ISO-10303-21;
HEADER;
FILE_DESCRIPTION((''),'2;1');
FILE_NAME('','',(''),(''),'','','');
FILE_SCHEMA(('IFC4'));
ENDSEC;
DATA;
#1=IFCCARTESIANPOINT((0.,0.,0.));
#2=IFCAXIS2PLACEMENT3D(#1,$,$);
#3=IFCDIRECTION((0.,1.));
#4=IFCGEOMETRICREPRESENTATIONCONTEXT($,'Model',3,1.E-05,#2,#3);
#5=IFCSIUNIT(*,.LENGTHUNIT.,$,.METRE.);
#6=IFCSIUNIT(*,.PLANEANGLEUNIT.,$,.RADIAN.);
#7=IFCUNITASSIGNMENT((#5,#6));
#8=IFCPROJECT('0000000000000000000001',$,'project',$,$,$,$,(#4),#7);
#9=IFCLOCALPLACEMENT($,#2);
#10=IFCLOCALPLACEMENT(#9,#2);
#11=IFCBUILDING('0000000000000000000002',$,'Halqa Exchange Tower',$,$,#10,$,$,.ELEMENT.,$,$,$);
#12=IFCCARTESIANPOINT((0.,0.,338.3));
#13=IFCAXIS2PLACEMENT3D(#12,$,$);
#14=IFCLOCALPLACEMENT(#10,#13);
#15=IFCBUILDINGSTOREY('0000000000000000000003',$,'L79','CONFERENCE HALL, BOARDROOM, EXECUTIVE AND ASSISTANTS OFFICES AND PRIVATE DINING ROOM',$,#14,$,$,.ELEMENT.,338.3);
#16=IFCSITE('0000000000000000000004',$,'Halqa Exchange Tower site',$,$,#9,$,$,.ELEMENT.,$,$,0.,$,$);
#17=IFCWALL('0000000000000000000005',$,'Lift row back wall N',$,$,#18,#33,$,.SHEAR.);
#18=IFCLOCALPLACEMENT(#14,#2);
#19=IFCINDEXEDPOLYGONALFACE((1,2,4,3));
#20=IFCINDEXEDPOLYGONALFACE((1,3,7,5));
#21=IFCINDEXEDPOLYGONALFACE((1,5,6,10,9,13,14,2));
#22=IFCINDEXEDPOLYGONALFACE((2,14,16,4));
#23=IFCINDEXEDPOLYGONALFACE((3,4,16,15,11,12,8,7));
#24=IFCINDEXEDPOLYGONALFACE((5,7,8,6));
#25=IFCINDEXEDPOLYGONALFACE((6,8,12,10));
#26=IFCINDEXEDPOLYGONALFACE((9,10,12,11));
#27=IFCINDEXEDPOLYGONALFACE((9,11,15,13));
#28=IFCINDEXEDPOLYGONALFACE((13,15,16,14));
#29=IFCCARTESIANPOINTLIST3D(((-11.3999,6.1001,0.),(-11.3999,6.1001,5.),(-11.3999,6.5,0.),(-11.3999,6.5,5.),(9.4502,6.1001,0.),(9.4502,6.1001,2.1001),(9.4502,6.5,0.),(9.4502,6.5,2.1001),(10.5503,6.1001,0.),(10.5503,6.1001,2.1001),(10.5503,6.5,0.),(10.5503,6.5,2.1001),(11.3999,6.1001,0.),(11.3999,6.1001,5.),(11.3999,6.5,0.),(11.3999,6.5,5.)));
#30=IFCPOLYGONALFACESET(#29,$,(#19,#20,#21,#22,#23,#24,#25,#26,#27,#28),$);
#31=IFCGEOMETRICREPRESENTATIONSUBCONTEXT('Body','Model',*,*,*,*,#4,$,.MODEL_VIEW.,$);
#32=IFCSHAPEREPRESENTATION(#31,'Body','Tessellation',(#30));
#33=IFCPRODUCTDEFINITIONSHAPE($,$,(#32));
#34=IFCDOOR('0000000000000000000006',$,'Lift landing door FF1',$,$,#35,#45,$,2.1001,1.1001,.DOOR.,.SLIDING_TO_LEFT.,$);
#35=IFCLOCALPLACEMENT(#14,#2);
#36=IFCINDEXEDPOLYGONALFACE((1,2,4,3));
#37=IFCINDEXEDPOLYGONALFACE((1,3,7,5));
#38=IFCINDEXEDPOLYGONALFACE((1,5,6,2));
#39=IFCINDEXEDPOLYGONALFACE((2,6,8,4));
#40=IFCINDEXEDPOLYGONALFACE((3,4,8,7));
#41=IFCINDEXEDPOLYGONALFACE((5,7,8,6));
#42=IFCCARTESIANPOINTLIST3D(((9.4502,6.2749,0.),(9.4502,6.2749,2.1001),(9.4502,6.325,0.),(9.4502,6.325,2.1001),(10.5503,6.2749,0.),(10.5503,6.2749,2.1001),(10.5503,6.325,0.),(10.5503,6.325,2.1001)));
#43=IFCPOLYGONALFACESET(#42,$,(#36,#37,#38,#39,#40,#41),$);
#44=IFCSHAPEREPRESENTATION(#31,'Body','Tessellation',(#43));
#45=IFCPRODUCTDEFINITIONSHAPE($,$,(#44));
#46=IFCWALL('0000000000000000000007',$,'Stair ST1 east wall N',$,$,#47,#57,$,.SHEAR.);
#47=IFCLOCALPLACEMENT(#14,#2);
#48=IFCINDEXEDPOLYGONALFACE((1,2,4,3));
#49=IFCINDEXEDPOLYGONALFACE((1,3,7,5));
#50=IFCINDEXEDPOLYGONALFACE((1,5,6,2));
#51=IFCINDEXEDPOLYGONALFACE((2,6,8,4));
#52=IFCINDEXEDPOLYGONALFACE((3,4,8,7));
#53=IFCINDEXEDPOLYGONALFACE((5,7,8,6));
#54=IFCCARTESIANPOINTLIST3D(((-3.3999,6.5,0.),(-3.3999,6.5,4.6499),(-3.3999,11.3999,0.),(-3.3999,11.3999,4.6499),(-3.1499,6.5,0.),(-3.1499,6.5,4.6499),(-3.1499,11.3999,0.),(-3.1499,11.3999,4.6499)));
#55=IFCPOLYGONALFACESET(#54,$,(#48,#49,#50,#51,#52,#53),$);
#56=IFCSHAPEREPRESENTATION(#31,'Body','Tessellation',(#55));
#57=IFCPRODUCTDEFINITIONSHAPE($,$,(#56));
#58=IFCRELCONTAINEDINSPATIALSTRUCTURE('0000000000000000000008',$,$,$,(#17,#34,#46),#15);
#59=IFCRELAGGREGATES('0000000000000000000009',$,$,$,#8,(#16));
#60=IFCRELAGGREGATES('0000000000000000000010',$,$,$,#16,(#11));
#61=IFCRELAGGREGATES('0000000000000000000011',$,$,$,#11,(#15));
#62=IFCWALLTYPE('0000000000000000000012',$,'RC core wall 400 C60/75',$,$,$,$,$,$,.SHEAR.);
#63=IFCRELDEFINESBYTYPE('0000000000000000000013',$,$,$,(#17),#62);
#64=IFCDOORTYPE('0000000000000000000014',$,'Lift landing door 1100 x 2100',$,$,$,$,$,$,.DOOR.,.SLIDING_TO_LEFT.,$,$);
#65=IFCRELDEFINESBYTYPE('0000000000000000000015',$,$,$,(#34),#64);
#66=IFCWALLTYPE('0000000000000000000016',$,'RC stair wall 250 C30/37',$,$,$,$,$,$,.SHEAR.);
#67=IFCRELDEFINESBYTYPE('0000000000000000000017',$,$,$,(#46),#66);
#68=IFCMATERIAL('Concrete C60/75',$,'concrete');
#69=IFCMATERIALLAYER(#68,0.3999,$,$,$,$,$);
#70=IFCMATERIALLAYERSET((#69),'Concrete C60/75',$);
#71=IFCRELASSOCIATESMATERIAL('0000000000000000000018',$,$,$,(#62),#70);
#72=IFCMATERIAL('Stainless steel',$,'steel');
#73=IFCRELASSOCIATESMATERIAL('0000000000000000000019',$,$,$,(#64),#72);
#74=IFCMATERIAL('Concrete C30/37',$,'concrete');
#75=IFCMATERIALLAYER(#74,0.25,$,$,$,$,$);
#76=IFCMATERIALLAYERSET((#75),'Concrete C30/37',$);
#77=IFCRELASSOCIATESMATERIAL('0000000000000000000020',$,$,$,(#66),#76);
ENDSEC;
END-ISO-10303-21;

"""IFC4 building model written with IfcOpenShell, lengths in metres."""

from ifc_helpers import new_model, si_unit, direction, frame, frame_2d, origin, place, context, subcontext, project, spatial, rectangle, extrude, material, layer, layer_set, type_object, element, fill, save


model = new_model("IFC4")

# Units and contexts
model_context = context("Model", 3, precision=1e-05, world=origin(), true_north=direction((0.0, 1.0)))
body_context = subcontext(model_context, "Body", "Model", "MODEL_VIEW")
ifc_project = project(units=[si_unit("LENGTHUNIT", "METRE"), si_unit("PLANEANGLEUNIT", "RADIAN")], contexts=[model_context])

# Site, building, storey
site_placement = place(None, origin())
site = spatial("IfcSite", under=ifc_project, at=site_placement, Name="Halqa Exchange Tower site", CompositionType="ELEMENT", RefElevation=0.0)
building_placement = place(site_placement, origin())
building = spatial("IfcBuilding", under=site, at=building_placement, Name="Halqa Exchange Tower", CompositionType="ELEMENT")
storey_placement = place(building_placement, frame((0.0, 0.0, 338.3)))
storey = spatial("IfcBuildingStorey", under=building, at=storey_placement, Name="L79", Description="CONFERENCE HALL, BOARDROOM, EXECUTIVE AND ASSISTANTS OFFICES AND PRIVATE DINING ROOM", CompositionType="ELEMENT", Elevation=338.3)

# Shared definitions
ifc_material_1 = material(Name="Concrete C60/75", Category="concrete")

# Shared definitions
ifc_layer_1 = layer(ifc_material_1, 0.3999)
ifc_layer_set_1 = layer_set([ifc_layer_1], Name="Concrete C60/75")
wall_type_1 = type_object("IfcWallType", Name="RC core wall 400 C60/75", PredefinedType="SHEAR", material=ifc_layer_set_1)
ifc_material_2 = material(Name="Stainless steel", Category="steel")
door_type_1 = type_object("IfcDoorType", Name="Lift landing door 1100 x 2100", OperationType="SLIDING_TO_LEFT", PredefinedType="DOOR", material=ifc_material_2)

# Wall, opening, door
wall_1_placement = place(storey_placement, frame((-11.3999, 6.3, 0.0), z_axis=(0.0, 0.0, 1.0), x_axis=(1.0, 0.0, 0.0)))
wall_1 = element("IfcWall", 1, at=wall_1_placement, inside=storey, type_object=wall_type_1, Name="Lift row back wall N", PredefinedType="SHEAR", context=body_context, shape_type="SweptSolid", body=[
    extrude(rectangle(XDim=22.7998, YDim=0.3999, at=frame_2d((11.3999, 0.0))), origin(), (0.0, 0.0, 1.0), 5.0),
])
opening_1_placement = place(wall_1_placement, frame((20.8501, 0.0, 0.0)))
opening_1 = element("IfcOpeningElement", 2, at=opening_1_placement, cuts=wall_1, PredefinedType="OPENING", context=body_context, shape_type="SweptSolid", body=[
    extrude(rectangle(XDim=1.1001, YDim=2.1001, at=frame_2d((0.55, 1.05))), frame((0.0, 0.2119, 0.0), z_axis=(0.0, -1.0, 0.0), x_axis=(1.0, 0.0, 0.0)), (0.0, 0.0, 1.0), 0.4238),
])
door_1_placement = place(opening_1_placement, origin())
door_1 = element("IfcDoor", 3, at=door_1_placement, inside=storey, type_object=door_type_1, Name="Lift landing door FF1", OperationType="SLIDING_TO_LEFT", OverallHeight=2.1001, OverallWidth=1.1001, PredefinedType="DOOR", context=body_context, shape_type="SweptSolid", body=[
    extrude(rectangle(XDim=1.1001, YDim=2.1001, at=frame_2d((0.55, 1.05))), frame((0.0, 0.0249, 0.0), z_axis=(0.0, -1.0, 0.0), x_axis=(1.0, 0.0, 0.0)), (0.0, 0.0, 1.0), 0.05),
])
fill(opening_1, door_1)

# Wall
ifc_material_3 = material(Name="Concrete C30/37", Category="concrete")
ifc_layer_2 = layer(ifc_material_3, 0.25)
ifc_layer_set_2 = layer_set([ifc_layer_2], Name="Concrete C30/37")
wall_type_2 = type_object("IfcWallType", Name="RC stair wall 250 C30/37", PredefinedType="SHEAR", material=ifc_layer_set_2)
wall_2_placement = place(storey_placement, frame((-3.2749, 6.5, 0.0), z_axis=(0.0, 0.0, 1.0), x_axis=(0.0, 1.0, 0.0)))
element("IfcWall", 4, at=wall_2_placement, inside=storey, type_object=wall_type_2, Name="Stair ST1 east wall N", PredefinedType="SHEAR", context=body_context, shape_type="SweptSolid", body=[
    extrude(rectangle(XDim=4.8999, YDim=0.25, at=frame_2d((2.45, 0.0))), origin(), (0.0, 0.0, 1.0), 4.6499),
])

save(model, "model.ifc")
